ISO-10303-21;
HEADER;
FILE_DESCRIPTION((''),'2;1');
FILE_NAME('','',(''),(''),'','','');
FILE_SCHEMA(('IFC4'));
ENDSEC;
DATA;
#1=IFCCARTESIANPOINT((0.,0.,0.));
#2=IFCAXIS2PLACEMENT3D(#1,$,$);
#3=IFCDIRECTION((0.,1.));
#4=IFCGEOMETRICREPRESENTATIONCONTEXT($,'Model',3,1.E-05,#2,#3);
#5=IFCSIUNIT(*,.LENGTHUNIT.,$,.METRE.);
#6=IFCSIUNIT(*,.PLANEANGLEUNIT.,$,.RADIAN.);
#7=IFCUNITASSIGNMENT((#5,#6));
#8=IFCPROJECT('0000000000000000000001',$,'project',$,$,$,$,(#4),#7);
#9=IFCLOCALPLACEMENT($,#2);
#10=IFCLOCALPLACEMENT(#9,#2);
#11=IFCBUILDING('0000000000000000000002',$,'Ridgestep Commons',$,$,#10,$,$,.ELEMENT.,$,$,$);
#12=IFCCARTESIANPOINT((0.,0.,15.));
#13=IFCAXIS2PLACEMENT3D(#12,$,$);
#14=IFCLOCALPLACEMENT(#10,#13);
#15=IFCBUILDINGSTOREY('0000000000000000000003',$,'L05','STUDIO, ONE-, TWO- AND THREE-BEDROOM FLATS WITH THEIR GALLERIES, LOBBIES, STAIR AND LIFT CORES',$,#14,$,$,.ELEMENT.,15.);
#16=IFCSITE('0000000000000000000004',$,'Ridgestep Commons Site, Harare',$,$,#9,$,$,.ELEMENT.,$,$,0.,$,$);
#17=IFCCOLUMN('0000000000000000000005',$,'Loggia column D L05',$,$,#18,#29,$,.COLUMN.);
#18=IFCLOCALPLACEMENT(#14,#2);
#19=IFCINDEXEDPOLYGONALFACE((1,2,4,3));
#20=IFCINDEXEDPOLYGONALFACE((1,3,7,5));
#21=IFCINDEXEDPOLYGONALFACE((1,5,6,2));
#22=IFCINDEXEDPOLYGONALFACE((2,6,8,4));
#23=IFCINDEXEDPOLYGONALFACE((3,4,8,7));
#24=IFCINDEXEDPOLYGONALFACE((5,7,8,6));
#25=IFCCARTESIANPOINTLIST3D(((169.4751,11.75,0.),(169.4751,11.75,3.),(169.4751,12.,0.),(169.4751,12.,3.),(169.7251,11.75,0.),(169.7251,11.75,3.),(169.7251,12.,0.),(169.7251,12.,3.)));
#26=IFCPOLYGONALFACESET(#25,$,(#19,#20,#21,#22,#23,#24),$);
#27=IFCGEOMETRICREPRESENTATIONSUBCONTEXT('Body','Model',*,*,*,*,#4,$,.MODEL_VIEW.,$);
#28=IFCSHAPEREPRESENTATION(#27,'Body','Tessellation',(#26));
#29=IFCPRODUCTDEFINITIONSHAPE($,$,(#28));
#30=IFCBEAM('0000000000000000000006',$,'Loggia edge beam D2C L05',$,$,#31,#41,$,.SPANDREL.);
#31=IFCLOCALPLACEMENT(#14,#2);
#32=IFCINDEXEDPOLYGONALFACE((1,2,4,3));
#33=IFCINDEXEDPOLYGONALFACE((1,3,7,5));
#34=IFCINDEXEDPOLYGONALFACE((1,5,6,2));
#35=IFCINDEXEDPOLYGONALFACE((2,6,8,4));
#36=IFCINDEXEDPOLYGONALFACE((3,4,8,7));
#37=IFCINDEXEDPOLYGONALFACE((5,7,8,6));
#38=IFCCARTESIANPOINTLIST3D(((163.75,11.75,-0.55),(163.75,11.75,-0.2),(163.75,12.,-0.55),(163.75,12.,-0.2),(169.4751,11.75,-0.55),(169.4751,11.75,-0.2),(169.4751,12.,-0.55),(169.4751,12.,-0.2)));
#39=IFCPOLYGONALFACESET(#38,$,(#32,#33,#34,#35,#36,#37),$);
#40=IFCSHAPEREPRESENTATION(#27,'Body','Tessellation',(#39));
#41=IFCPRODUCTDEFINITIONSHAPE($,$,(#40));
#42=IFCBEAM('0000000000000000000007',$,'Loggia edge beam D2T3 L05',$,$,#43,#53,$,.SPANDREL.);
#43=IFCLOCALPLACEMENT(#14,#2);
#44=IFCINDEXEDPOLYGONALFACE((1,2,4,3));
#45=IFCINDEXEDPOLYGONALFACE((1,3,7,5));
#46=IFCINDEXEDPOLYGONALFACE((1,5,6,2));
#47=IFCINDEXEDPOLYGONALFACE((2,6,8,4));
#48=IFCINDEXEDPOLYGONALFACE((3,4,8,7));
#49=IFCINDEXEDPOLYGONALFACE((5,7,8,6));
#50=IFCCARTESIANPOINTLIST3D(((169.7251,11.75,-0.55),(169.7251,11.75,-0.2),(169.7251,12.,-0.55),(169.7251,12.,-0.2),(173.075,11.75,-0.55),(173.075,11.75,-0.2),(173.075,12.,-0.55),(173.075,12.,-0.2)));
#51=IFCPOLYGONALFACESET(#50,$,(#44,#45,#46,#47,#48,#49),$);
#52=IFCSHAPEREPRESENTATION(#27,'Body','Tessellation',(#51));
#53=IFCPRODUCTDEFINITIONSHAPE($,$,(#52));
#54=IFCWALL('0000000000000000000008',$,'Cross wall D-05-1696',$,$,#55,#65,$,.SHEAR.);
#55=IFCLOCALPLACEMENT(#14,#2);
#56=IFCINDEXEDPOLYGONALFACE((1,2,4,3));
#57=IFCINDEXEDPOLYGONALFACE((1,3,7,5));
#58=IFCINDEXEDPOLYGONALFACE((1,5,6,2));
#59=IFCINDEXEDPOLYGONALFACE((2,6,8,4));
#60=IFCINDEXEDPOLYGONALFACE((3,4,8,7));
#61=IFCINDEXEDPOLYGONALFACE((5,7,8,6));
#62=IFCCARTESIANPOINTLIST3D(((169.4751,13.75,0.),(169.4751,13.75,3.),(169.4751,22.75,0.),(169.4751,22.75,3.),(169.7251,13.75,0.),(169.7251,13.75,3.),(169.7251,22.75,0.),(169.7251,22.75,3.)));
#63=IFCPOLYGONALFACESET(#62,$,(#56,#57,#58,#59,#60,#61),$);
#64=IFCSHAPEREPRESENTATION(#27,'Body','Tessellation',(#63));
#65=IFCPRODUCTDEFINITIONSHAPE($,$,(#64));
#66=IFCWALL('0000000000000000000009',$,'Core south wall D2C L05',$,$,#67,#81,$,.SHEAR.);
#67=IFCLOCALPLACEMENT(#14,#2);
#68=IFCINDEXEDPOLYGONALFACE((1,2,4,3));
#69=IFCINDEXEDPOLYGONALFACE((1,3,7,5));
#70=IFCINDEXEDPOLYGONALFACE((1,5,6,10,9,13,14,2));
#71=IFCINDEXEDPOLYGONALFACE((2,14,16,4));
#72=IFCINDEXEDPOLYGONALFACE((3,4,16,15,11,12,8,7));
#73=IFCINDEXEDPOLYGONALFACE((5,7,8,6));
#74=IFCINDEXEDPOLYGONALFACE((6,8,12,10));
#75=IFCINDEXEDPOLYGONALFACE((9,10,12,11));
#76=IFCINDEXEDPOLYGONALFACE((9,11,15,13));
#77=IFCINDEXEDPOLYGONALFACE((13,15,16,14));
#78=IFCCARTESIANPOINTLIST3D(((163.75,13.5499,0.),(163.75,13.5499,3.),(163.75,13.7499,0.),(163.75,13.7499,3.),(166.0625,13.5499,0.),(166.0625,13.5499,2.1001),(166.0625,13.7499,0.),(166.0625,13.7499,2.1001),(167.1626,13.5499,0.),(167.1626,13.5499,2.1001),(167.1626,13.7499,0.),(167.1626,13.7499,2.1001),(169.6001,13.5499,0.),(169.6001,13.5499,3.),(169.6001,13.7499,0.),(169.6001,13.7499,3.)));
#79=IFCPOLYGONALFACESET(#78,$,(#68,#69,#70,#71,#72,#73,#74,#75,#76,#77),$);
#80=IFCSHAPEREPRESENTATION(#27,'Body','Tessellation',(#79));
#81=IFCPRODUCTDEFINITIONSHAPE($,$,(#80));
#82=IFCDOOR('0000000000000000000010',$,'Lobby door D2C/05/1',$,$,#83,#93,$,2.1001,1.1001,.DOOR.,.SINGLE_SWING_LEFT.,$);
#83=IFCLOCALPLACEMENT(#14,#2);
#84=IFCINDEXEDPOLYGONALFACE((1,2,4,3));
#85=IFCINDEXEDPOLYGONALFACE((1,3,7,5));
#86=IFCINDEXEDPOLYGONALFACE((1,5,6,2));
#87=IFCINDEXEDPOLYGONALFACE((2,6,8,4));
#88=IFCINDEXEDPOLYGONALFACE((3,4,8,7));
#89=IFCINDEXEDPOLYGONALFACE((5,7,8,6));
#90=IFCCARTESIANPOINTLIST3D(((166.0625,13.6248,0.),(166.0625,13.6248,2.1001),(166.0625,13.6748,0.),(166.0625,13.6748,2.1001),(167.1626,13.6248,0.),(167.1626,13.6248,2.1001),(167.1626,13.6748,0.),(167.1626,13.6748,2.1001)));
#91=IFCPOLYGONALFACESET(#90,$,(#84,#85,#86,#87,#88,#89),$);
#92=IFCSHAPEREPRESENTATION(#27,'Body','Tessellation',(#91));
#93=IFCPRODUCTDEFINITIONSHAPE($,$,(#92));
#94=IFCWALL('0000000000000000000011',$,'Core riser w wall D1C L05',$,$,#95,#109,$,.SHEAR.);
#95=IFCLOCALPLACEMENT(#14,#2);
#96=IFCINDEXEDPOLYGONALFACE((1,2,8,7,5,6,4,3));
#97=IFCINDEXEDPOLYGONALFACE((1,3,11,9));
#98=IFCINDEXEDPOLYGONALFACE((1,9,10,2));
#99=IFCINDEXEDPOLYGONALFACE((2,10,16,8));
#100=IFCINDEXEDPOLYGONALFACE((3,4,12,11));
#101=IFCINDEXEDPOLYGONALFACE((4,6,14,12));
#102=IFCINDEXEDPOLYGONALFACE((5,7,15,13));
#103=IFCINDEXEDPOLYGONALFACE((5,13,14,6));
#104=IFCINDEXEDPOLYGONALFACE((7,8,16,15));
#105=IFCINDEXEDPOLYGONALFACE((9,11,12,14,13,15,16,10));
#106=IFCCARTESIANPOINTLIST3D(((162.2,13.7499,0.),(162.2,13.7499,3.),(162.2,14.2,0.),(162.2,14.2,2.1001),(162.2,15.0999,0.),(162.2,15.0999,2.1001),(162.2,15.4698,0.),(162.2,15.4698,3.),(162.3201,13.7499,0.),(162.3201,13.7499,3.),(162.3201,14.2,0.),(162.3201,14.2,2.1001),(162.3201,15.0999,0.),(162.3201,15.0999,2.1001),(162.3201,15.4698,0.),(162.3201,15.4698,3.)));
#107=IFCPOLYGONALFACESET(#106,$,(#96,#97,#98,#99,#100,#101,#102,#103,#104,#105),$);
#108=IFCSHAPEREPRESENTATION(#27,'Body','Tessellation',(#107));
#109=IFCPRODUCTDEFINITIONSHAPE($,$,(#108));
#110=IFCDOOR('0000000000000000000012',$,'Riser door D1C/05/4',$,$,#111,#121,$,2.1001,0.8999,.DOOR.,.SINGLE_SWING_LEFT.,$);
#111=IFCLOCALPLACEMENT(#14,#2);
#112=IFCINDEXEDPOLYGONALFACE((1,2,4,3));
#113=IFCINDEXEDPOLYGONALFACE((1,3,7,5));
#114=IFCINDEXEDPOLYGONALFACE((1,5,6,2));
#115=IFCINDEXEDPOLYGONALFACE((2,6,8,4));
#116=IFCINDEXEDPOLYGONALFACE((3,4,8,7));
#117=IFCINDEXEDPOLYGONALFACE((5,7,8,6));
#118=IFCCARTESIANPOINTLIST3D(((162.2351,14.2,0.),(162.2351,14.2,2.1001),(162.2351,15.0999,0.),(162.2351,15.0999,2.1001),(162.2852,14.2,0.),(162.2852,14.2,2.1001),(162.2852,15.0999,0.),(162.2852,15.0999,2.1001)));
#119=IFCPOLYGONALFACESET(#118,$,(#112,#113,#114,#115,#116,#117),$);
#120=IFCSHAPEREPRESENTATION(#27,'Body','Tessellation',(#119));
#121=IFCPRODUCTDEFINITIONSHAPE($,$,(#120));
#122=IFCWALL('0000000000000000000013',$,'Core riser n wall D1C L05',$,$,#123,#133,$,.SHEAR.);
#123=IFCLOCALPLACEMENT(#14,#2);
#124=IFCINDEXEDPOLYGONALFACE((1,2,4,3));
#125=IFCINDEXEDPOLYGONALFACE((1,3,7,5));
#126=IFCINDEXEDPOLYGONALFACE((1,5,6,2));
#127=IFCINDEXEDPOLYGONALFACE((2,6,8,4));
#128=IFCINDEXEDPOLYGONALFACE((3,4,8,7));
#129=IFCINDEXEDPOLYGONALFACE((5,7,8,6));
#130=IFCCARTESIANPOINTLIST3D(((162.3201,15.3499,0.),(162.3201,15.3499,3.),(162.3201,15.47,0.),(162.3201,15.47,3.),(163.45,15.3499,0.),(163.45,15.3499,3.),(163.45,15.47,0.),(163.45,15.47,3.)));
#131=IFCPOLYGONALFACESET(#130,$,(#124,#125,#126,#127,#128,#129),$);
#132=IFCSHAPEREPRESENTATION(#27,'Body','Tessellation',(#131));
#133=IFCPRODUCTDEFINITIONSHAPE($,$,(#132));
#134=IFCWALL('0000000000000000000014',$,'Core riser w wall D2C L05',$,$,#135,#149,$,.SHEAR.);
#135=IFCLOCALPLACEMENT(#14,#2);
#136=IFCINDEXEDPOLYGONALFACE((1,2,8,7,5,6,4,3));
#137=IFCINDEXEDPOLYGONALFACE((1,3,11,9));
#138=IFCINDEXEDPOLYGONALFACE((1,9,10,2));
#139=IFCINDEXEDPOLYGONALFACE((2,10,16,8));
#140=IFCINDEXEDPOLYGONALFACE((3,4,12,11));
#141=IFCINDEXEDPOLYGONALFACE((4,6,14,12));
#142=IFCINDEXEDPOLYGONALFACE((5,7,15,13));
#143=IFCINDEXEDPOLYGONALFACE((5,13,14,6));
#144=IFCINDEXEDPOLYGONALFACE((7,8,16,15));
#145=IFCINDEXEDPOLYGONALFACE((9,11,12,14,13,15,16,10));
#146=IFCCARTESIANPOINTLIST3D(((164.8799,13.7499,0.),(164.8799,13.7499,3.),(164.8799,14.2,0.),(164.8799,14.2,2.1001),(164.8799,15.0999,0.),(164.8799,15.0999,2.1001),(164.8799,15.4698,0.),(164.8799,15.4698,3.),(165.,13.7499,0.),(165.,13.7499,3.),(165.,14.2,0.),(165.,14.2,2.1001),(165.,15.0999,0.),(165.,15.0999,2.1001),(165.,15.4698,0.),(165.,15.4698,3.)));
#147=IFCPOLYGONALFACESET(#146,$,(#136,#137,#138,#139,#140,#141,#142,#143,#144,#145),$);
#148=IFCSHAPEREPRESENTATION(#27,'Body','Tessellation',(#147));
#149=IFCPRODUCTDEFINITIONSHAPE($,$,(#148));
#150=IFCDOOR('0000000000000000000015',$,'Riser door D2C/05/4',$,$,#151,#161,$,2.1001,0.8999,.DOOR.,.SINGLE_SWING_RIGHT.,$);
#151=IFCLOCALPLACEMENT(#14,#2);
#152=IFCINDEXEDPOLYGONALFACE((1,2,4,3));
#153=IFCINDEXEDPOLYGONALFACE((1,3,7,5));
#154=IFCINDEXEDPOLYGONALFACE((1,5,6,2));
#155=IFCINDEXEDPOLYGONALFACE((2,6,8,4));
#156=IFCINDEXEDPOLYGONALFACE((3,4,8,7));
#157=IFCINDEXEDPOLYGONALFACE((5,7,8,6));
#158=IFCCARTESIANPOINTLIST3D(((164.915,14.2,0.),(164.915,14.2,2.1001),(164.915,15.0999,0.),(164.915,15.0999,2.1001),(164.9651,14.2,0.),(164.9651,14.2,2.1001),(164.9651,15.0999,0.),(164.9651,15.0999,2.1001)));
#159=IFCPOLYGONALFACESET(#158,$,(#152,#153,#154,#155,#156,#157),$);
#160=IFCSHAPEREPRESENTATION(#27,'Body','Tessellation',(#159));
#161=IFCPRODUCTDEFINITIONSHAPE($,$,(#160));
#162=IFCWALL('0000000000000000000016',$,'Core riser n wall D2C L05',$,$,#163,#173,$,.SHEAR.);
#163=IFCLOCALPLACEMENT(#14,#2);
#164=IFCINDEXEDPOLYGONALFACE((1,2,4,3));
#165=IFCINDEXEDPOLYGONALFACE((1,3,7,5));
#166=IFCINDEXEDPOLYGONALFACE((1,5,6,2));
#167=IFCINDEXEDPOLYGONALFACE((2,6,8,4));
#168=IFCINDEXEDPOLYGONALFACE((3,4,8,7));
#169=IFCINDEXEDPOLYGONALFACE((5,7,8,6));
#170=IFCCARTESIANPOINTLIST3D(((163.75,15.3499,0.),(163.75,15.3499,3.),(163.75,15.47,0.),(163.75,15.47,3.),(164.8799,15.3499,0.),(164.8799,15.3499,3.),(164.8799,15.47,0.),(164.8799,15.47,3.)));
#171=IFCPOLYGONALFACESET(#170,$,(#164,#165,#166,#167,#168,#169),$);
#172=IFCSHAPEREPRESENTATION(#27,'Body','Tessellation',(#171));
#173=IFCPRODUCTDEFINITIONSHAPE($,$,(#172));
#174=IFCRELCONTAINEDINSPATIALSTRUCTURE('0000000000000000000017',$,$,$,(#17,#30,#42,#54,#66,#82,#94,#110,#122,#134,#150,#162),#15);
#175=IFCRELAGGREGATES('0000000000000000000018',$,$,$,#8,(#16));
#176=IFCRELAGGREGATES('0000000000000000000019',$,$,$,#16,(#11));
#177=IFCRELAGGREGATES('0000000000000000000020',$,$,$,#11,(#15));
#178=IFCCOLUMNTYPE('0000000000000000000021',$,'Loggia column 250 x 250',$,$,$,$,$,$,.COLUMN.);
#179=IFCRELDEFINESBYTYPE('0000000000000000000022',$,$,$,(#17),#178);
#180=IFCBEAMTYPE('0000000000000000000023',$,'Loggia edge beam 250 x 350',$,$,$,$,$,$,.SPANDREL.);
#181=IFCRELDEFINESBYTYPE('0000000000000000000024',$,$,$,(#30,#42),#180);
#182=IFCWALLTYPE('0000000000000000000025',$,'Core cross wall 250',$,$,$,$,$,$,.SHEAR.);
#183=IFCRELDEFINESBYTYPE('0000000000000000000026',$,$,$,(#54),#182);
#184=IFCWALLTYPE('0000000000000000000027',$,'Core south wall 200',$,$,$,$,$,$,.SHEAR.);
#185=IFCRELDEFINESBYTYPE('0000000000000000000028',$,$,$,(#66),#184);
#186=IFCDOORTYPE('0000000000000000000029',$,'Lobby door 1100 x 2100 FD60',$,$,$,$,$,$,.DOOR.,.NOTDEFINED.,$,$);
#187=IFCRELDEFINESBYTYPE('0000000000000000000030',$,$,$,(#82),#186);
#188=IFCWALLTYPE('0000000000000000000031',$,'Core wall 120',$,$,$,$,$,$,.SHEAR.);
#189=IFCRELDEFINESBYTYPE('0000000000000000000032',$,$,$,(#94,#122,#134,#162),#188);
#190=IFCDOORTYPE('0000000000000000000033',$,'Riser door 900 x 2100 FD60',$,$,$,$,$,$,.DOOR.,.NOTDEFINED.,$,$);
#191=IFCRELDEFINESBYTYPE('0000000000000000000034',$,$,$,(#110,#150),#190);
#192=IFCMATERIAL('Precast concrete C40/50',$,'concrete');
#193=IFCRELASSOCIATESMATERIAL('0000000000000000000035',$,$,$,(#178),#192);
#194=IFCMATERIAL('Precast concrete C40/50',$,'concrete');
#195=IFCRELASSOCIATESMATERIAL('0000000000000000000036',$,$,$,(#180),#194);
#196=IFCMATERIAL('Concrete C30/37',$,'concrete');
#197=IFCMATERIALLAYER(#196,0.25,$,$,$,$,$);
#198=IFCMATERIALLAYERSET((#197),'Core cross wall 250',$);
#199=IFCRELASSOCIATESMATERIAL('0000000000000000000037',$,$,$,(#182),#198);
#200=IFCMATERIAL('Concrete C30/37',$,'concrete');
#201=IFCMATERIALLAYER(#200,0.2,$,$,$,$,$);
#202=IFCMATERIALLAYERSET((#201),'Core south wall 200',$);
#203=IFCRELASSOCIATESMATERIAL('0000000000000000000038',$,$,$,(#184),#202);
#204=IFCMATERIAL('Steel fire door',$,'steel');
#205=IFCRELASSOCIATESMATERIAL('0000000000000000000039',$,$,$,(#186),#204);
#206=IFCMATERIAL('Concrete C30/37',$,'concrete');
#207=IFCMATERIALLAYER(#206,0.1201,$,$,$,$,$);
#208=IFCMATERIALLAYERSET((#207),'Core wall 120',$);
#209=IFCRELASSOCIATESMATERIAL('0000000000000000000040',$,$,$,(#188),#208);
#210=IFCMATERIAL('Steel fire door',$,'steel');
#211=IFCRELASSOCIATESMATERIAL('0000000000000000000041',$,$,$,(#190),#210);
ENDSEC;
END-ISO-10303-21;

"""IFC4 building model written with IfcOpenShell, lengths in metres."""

from ifc_helpers import new_model, si_unit, direction, frame, frame_2d, origin, origin_2d, place, context, subcontext, project, spatial, rectangle, extrude, material, layer, layer_set, material_profile, profile_set, type_object, element, fill, save


model = new_model("IFC4")

# Units and contexts
model_context = context("Model", 3, precision=1e-05, world=origin(), true_north=direction((0.0, 1.0)))
body_context = subcontext(model_context, "Body", "Model", "MODEL_VIEW")
ifc_project = project(units=[si_unit("LENGTHUNIT", "METRE"), si_unit("PLANEANGLEUNIT", "RADIAN")], contexts=[model_context])

# Site, building, storey
site_placement = place(None, origin())
site = spatial("IfcSite", under=ifc_project, at=site_placement, Name="Ridgestep Commons Site, Harare", CompositionType="ELEMENT", RefElevation=0.0)
building_placement = place(site_placement, origin())
building = spatial("IfcBuilding", under=site, at=building_placement, Name="Ridgestep Commons", CompositionType="ELEMENT")
storey_placement = place(building_placement, frame((0.0, 0.0, 15.0)))
storey = spatial("IfcBuildingStorey", under=building, at=storey_placement, Name="L05", Description="STUDIO, ONE-, TWO- AND THREE-BEDROOM FLATS WITH THEIR GALLERIES, LOBBIES, STAIR AND LIFT CORES", CompositionType="ELEMENT", Elevation=15.0)

# Column
ifc_material_1 = material(Name="Precast concrete C40/50", Category="concrete")
ifc_material_profile_1 = material_profile(ifc_material_1, rectangle(XDim=0.25, YDim=0.25, at=origin_2d()), Name="PC 250x250")
ifc_profile_set_1 = profile_set([ifc_material_profile_1], Name="Precast concrete C40/50")
column_type = type_object("IfcColumnType", Name="Loggia column 250 x 250", PredefinedType="COLUMN", material=ifc_profile_set_1)
column_placement = place(storey_placement, frame((169.6001, 11.875, 0.0), z_axis=(0.0, 0.0, 1.0), x_axis=(1.0, 0.0, 0.0)))
element("IfcColumn", 1, at=column_placement, inside=storey, type_object=column_type, Name="Loggia column D L05", PredefinedType="COLUMN", context=body_context, shape_type="SweptSolid", body=[
    extrude(rectangle(XDim=0.25, YDim=0.25, at=origin_2d()), origin(), (0.0, 0.0, 1.0), 3.0),
])

# Beams
ifc_material_2 = material(Name="Precast concrete C40/50", Category="concrete")
ifc_material_profile_2 = material_profile(ifc_material_2, rectangle(XDim=0.25, YDim=0.3501, at=origin_2d()), Name="PC 250x350")
ifc_profile_set_2 = profile_set([ifc_material_profile_2], Name="Precast concrete C40/50")
beam_type = type_object("IfcBeamType", Name="Loggia edge beam 250 x 350", PredefinedType="SPANDREL", material=ifc_profile_set_2)
beam_1_placement = place(storey_placement, frame((163.75, 11.875, -0.375), z_axis=(1.0, 0.0, 0.0), x_axis=(0.0, 1.0, 0.0)))
element("IfcBeam", 2, at=beam_1_placement, inside=storey, type_object=beam_type, Name="Loggia edge beam D2C L05", PredefinedType="SPANDREL", context=body_context, shape_type="SweptSolid", body=[
    extrude(rectangle(XDim=0.25, YDim=0.3501, at=origin_2d()), origin(), (0.0, 0.0, 1.0), 5.7251),
])
beam_2_placement = place(storey_placement, frame((169.7251, 11.875, -0.375), z_axis=(1.0, 0.0, 0.0), x_axis=(0.0, 1.0, 0.0)))
element("IfcBeam", 3, at=beam_2_placement, inside=storey, type_object=beam_type, Name="Loggia edge beam D2T3 L05", PredefinedType="SPANDREL", context=body_context, shape_type="SweptSolid", body=[
    extrude(rectangle(XDim=0.25, YDim=0.3501, at=origin_2d()), origin(), (0.0, 0.0, 1.0), 3.3499),
])

# Wall
ifc_material_3 = material(Name="Concrete C30/37", Category="concrete")
ifc_layer_1 = layer(ifc_material_3, 0.25)
ifc_layer_set_1 = layer_set([ifc_layer_1], Name="Core cross wall 250")
wall_type_1 = type_object("IfcWallType", Name="Core cross wall 250", PredefinedType="SHEAR", material=ifc_layer_set_1)
wall_1_placement = place(storey_placement, frame((169.6001, 13.75, 0.0), z_axis=(0.0, 0.0, 1.0), x_axis=(0.0, 1.0, 0.0)))
element("IfcWall", 4, at=wall_1_placement, inside=storey, type_object=wall_type_1, Name="Cross wall D-05-1696", PredefinedType="SHEAR", context=body_context, shape_type="SweptSolid", body=[
    extrude(rectangle(XDim=9.0, YDim=0.25, at=frame_2d((4.5, 0.0))), origin(), (0.0, 0.0, 1.0), 3.0),
])

# Walls, openings, doors
ifc_material_4 = material(Name="Concrete C30/37", Category="concrete")
ifc_layer_2 = layer(ifc_material_4, 0.2)
ifc_layer_set_2 = layer_set([ifc_layer_2], Name="Core south wall 200")
wall_type_2 = type_object("IfcWallType", Name="Core south wall 200", PredefinedType="SHEAR", material=ifc_layer_set_2)
wall_2_placement = place(storey_placement, frame((163.75, 13.6499, 0.0), z_axis=(0.0, 0.0, 1.0), x_axis=(1.0, 0.0, 0.0)))
wall_2 = element("IfcWall", 5, at=wall_2_placement, inside=storey, type_object=wall_type_2, Name="Core south wall D2C L05", PredefinedType="SHEAR", context=body_context, shape_type="SweptSolid", body=[
    extrude(rectangle(XDim=5.8501, YDim=0.2, at=frame_2d((2.925, 0.0))), origin(), (0.0, 0.0, 1.0), 3.0),
])
opening_1_placement = place(wall_2_placement, frame((2.3125, 0.0, 0.0)))
opening_1 = element("IfcOpeningElement", 6, at=opening_1_placement, cuts=wall_2, PredefinedType="OPENING", context=body_context, shape_type="SweptSolid", body=[
    extrude(rectangle(XDim=1.1001, YDim=2.1001, at=frame_2d((0.55, 1.05))), frame((0.0, 0.1099, 0.0), z_axis=(0.0, -1.0, 0.0), x_axis=(1.0, 0.0, 0.0)), (0.0, 0.0, 1.0), 0.22),
])
ifc_material_5 = material(Name="Steel fire door", Category="steel")
door_type_1 = type_object("IfcDoorType", Name="Lobby door 1100 x 2100 FD60", OperationType="NOTDEFINED", PredefinedType="DOOR", material=ifc_material_5)
door_1_placement = place(opening_1_placement, origin())
door_1 = element("IfcDoor", 7, at=door_1_placement, inside=storey, type_object=door_type_1, Name="Lobby door D2C/05/1", OperationType="SINGLE_SWING_LEFT", OverallHeight=2.1001, OverallWidth=1.1001, PredefinedType="DOOR", context=body_context, shape_type="SweptSolid", body=[
    extrude(rectangle(XDim=1.1001, YDim=2.1001, at=frame_2d((0.55, 1.05))), frame((0.0, 0.0249, 0.0), z_axis=(0.0, -1.0, 0.0), x_axis=(1.0, 0.0, 0.0)), (0.0, 0.0, 1.0), 0.05),
])
fill(opening_1, door_1)
ifc_material_6 = material(Name="Concrete C30/37", Category="concrete")
ifc_layer_3 = layer(ifc_material_6, 0.1201)
ifc_layer_set_3 = layer_set([ifc_layer_3], Name="Core wall 120")
wall_type_3 = type_object("IfcWallType", Name="Core wall 120", PredefinedType="SHEAR", material=ifc_layer_set_3)
wall_3_placement = place(storey_placement, frame((162.26, 13.75, 0.0), z_axis=(0.0, 0.0, 1.0), x_axis=(0.0, 1.0, 0.0)))
wall_3 = element("IfcWall", 8, at=wall_3_placement, inside=storey, type_object=wall_type_3, Name="Core riser w wall D1C L05", PredefinedType="SHEAR", context=body_context, shape_type="SweptSolid", body=[
    extrude(rectangle(XDim=1.72, YDim=0.1201, at=frame_2d((0.8599, 0.0))), origin(), (0.0, 0.0, 1.0), 3.0),
])
opening_2_placement = place(wall_3_placement, frame((0.45, 0.0, 0.0)))
opening_2 = element("IfcOpeningElement", 9, at=opening_2_placement, cuts=wall_3, PredefinedType="OPENING", context=body_context, shape_type="SweptSolid", body=[
    extrude(rectangle(XDim=0.8999, YDim=2.1001, at=frame_2d((0.45, 1.05))), frame((0.0, 0.0701, 0.0), z_axis=(0.0, -1.0, 0.0), x_axis=(1.0, 0.0, 0.0)), (0.0, 0.0, 1.0), 0.1401),
])
ifc_material_7 = material(Name="Steel fire door", Category="steel")
door_type_2 = type_object("IfcDoorType", Name="Riser door 900 x 2100 FD60", OperationType="NOTDEFINED", PredefinedType="DOOR", material=ifc_material_7)
door_2_placement = place(opening_2_placement, origin())
door_2 = element("IfcDoor", 10, at=door_2_placement, inside=storey, type_object=door_type_2, Name="Riser door D1C/05/4", OperationType="SINGLE_SWING_LEFT", OverallHeight=2.1001, OverallWidth=0.8999, PredefinedType="DOOR", context=body_context, shape_type="SweptSolid", body=[
    extrude(rectangle(XDim=0.8999, YDim=2.1001, at=frame_2d((0.45, 1.05))), frame((0.0, 0.0249, 0.0), z_axis=(0.0, -1.0, 0.0), x_axis=(1.0, 0.0, 0.0)), (0.0, 0.0, 1.0), 0.05),
])
fill(opening_2, door_2)

# Wall
wall_4_placement = place(storey_placement, frame((162.3201, 15.4099, 0.0), z_axis=(0.0, 0.0, 1.0), x_axis=(1.0, 0.0, 0.0)))
element("IfcWall", 11, at=wall_4_placement, inside=storey, type_object=wall_type_3, Name="Core riser n wall D1C L05", PredefinedType="SHEAR", context=body_context, shape_type="SweptSolid", body=[
    extrude(rectangle(XDim=1.1299, YDim=0.1201, at=frame_2d((0.5649, 0.0))), origin(), (0.0, 0.0, 1.0), 3.0),
])

# Wall, opening, door
wall_5_placement = place(storey_placement, frame((164.9399, 13.75, 0.0), z_axis=(0.0, 0.0, 1.0), x_axis=(0.0, 1.0, 0.0)))
wall_5 = element("IfcWall", 12, at=wall_5_placement, inside=storey, type_object=wall_type_3, Name="Core riser w wall D2C L05", PredefinedType="SHEAR", context=body_context, shape_type="SweptSolid", body=[
    extrude(rectangle(XDim=1.72, YDim=0.1201, at=frame_2d((0.8599, 0.0))), origin(), (0.0, 0.0, 1.0), 3.0),
])
opening_3_placement = place(wall_5_placement, frame((0.45, 0.0, 0.0)))
opening_3 = element("IfcOpeningElement", 13, at=opening_3_placement, cuts=wall_5, PredefinedType="OPENING", context=body_context, shape_type="SweptSolid", body=[
    extrude(rectangle(XDim=0.8999, YDim=2.1001, at=frame_2d((0.45, 1.05))), frame((0.0, 0.0701, 0.0), z_axis=(0.0, -1.0, 0.0), x_axis=(1.0, 0.0, 0.0)), (0.0, 0.0, 1.0), 0.1401),
])
door_3_placement = place(opening_3_placement, origin())
door_3 = element("IfcDoor", 14, at=door_3_placement, inside=storey, type_object=door_type_2, Name="Riser door D2C/05/4", OperationType="SINGLE_SWING_RIGHT", OverallHeight=2.1001, OverallWidth=0.8999, PredefinedType="DOOR", context=body_context, shape_type="SweptSolid", body=[
    extrude(rectangle(XDim=0.8999, YDim=2.1001, at=frame_2d((0.45, 1.05))), frame((0.0, 0.0249, 0.0), z_axis=(0.0, -1.0, 0.0), x_axis=(1.0, 0.0, 0.0)), (0.0, 0.0, 1.0), 0.05),
])
fill(opening_3, door_3)

# Wall
wall_6_placement = place(storey_placement, frame((163.75, 15.4099, 0.0), z_axis=(0.0, 0.0, 1.0), x_axis=(1.0, 0.0, 0.0)))
element("IfcWall", 15, at=wall_6_placement, inside=storey, type_object=wall_type_3, Name="Core riser n wall D2C L05", PredefinedType="SHEAR", context=body_context, shape_type="SweptSolid", body=[
    extrude(rectangle(XDim=1.1299, YDim=0.1201, at=frame_2d((0.5649, 0.0))), origin(), (0.0, 0.0, 1.0), 3.0),
])

save(model, "model.ifc")
